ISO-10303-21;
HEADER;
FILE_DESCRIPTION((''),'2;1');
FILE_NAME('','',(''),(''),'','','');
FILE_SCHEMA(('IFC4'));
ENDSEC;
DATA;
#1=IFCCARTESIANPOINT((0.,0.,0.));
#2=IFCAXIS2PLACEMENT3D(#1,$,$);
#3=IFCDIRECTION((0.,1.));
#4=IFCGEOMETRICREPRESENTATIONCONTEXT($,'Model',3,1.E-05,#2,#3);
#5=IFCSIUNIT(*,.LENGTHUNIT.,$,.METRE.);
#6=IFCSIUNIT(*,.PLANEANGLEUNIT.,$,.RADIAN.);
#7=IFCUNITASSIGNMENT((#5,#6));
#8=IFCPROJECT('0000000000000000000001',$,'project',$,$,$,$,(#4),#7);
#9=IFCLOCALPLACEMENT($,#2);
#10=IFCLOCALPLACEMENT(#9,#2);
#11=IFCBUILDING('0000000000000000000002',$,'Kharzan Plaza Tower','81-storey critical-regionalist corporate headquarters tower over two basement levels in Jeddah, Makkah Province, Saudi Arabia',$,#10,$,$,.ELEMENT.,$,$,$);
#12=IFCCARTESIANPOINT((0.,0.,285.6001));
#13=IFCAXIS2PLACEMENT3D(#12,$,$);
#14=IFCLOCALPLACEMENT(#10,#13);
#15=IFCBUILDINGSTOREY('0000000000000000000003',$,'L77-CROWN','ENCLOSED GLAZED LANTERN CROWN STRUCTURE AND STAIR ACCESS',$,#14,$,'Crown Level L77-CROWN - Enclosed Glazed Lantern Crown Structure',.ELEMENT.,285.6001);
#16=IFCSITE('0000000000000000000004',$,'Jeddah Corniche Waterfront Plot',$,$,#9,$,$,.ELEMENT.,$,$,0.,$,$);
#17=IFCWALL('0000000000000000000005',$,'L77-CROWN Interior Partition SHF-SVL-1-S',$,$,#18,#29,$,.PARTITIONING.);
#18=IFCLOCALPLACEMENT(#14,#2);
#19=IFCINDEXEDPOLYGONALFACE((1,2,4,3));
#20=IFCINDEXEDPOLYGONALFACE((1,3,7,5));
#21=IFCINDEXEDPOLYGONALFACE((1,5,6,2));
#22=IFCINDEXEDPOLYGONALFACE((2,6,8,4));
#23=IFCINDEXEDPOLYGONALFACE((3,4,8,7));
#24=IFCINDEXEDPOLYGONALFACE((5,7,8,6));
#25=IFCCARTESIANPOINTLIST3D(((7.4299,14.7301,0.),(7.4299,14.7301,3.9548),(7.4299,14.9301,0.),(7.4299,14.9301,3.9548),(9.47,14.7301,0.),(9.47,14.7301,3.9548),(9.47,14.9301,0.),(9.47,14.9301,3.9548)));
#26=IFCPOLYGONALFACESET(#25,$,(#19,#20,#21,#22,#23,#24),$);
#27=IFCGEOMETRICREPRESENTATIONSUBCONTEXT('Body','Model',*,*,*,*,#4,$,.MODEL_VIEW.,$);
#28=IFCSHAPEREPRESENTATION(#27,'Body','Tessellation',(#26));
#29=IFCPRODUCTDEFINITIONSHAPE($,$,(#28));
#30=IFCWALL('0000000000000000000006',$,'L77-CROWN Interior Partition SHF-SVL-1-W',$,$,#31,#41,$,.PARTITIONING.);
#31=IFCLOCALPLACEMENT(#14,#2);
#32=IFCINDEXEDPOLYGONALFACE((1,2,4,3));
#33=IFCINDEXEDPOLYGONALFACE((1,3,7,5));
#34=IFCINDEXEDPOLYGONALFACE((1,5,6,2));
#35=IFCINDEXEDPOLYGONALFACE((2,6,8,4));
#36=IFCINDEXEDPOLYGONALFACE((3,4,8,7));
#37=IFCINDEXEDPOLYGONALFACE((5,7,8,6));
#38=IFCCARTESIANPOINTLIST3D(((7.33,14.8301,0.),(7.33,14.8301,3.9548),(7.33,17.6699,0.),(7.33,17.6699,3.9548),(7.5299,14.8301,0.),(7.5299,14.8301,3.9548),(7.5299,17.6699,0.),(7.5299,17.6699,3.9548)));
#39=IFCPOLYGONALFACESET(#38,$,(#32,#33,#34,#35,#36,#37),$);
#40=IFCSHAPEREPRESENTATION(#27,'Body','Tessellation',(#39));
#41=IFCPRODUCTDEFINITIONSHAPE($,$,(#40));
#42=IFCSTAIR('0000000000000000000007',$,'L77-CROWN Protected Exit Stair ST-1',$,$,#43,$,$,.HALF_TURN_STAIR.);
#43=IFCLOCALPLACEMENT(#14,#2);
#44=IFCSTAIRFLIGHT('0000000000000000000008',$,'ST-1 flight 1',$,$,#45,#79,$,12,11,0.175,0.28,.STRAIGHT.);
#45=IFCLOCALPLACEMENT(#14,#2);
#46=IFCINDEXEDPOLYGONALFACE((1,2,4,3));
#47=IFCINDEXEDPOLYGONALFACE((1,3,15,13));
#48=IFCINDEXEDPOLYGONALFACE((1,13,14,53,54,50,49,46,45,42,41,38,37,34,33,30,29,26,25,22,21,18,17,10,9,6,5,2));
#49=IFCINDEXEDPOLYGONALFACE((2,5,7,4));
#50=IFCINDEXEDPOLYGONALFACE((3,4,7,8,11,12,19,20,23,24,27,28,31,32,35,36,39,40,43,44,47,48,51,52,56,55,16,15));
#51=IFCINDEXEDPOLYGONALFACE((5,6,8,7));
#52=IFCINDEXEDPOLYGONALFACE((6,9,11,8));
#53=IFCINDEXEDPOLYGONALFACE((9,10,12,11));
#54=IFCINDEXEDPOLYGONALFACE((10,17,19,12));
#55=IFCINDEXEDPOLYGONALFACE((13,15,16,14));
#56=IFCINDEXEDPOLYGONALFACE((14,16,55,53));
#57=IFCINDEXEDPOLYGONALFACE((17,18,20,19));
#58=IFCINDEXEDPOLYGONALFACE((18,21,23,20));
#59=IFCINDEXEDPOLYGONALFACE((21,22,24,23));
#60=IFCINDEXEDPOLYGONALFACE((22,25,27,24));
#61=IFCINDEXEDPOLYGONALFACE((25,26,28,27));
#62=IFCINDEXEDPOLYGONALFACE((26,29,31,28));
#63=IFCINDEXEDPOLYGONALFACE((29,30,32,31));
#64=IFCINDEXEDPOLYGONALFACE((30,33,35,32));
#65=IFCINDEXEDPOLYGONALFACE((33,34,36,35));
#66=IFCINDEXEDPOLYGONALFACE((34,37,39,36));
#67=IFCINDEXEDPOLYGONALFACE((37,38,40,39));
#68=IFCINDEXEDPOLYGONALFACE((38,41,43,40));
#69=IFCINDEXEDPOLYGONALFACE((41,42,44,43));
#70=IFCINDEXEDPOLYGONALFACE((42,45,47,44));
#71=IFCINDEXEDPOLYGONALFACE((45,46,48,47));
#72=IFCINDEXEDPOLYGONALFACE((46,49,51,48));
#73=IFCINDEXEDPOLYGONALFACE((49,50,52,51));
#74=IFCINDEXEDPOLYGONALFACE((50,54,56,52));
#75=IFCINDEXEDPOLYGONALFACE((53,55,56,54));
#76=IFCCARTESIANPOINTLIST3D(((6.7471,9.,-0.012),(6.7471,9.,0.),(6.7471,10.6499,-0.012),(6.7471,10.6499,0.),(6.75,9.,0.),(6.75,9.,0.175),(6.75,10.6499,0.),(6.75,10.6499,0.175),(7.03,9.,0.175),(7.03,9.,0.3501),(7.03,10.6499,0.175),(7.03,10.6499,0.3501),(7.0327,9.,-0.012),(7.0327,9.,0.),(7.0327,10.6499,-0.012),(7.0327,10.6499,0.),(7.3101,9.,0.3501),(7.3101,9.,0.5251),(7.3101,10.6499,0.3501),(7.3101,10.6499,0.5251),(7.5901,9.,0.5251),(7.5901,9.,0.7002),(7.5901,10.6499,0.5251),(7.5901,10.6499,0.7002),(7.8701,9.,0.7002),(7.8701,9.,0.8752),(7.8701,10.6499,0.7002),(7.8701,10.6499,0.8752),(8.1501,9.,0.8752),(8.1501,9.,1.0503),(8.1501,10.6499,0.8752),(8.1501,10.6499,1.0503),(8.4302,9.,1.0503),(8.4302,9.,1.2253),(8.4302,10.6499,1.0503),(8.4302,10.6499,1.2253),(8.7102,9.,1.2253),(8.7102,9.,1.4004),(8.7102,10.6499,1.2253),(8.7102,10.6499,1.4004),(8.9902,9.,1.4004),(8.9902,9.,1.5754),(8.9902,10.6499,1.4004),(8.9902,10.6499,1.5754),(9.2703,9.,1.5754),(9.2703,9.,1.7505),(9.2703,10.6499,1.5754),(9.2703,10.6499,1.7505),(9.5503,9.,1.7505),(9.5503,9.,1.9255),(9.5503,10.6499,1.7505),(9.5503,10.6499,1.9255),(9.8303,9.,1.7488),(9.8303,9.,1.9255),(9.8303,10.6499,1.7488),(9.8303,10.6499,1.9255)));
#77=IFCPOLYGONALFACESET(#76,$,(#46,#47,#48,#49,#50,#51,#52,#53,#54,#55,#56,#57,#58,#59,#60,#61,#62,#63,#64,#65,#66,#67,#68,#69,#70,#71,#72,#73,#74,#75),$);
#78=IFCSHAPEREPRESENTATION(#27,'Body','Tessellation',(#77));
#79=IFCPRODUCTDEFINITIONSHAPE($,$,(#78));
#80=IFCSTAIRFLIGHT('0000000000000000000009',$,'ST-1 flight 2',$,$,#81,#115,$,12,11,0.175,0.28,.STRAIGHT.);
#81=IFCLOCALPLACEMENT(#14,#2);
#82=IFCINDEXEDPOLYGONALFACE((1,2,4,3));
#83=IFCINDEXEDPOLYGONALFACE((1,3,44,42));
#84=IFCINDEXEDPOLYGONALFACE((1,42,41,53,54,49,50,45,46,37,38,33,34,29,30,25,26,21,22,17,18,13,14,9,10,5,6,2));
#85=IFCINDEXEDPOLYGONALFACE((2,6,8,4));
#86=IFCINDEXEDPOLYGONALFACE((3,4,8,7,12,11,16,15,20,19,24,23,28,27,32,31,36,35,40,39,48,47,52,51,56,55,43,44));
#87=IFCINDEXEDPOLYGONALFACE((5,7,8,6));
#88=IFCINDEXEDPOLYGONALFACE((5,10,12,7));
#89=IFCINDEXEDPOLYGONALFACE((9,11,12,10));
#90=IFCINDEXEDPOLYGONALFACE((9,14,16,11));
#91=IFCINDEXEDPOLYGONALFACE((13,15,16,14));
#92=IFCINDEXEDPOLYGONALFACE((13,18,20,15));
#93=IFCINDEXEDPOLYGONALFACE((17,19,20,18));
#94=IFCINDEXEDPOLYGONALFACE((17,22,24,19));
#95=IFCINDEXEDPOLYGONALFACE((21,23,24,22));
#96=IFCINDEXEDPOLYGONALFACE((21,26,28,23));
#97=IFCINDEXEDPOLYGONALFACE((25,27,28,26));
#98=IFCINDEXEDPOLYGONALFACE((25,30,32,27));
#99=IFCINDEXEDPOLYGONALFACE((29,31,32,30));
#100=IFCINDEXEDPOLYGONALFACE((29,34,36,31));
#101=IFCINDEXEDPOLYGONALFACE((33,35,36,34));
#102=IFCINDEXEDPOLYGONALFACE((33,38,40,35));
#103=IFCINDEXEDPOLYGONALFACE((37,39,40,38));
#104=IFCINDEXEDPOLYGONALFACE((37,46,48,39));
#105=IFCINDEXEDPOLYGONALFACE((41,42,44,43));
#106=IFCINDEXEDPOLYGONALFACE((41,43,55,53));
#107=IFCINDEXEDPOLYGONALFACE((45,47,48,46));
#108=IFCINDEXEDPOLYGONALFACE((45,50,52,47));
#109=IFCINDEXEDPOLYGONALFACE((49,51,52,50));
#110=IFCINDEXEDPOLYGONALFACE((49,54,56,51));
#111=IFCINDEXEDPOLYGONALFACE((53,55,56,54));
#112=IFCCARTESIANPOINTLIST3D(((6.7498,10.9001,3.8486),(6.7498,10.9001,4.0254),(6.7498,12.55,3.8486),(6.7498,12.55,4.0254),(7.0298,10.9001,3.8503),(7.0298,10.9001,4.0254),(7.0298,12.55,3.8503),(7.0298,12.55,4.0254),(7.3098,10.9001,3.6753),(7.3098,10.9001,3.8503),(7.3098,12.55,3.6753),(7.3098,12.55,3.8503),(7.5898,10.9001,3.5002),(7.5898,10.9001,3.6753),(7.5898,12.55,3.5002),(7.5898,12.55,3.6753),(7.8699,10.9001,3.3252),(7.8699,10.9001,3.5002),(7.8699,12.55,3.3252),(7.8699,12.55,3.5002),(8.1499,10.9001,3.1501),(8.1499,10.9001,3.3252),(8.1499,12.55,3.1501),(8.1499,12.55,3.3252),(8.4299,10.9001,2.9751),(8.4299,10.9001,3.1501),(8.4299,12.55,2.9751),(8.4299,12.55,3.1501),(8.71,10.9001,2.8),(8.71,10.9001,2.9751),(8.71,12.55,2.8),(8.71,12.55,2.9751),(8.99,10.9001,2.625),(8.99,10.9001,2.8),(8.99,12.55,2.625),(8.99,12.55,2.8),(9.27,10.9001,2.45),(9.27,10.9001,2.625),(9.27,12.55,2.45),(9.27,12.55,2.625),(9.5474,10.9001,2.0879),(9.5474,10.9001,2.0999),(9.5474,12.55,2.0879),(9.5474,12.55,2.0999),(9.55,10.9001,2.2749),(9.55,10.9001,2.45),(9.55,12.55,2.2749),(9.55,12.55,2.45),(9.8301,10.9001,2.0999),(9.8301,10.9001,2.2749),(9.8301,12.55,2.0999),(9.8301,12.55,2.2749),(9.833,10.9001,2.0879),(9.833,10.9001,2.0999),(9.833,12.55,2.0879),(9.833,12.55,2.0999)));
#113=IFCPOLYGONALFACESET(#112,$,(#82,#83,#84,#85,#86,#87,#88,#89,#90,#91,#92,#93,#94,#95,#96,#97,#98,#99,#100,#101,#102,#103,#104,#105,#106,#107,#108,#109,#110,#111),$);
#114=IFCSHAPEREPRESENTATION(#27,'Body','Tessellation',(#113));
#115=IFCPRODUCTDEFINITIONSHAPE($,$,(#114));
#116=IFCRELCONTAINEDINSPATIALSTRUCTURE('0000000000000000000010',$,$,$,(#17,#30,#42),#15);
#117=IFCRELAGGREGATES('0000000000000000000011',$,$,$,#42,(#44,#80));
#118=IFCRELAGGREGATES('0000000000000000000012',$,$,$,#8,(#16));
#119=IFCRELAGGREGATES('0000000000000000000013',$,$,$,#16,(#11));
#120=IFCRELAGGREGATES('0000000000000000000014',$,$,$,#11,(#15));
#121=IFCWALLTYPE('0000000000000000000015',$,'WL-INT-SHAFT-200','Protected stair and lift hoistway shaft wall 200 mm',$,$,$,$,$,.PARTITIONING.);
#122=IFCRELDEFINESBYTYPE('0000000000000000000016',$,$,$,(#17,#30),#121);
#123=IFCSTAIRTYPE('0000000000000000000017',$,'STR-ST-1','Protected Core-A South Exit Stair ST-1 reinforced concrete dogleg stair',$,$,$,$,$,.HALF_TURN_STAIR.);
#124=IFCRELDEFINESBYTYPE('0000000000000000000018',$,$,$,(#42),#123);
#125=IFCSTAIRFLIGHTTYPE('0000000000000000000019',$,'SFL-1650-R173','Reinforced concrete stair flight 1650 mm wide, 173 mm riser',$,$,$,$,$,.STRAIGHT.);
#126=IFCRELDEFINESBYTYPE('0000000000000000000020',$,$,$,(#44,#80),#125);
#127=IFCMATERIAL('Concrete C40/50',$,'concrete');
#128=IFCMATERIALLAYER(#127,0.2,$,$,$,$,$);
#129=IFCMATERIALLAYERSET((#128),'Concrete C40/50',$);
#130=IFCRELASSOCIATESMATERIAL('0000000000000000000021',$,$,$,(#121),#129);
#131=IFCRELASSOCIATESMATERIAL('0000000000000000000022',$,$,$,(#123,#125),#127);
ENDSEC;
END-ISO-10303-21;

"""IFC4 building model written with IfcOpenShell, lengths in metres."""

from ifc_helpers import new_model, si_unit, direction, frame, frame_2d, origin, place, context, subcontext, project, spatial, polyline, rectangle, outline, extrude, source, transform, mapped, material, layer, layer_set, type_object, element, aggregate, save


model = new_model("IFC4")

# Units and contexts
model_context = context("Model", 3, precision=1e-05, world=origin(), true_north=direction((0.0, 1.0)))
body_context = subcontext(model_context, "Body", "Model", "MODEL_VIEW")
ifc_project = project(units=[si_unit("LENGTHUNIT", "METRE"), si_unit("PLANEANGLEUNIT", "RADIAN")], contexts=[model_context])

# Site, building, storey
site_placement = place(None, origin())
site = spatial("IfcSite", under=ifc_project, at=site_placement, Name="Jeddah Corniche Waterfront Plot", CompositionType="ELEMENT", RefElevation=0.0)
building_placement = place(site_placement, origin())
building = spatial("IfcBuilding", under=site, at=building_placement, Name="Kharzan Plaza Tower", Description="81-storey critical-regionalist corporate headquarters tower over two basement levels in Jeddah, Makkah Province, Saudi Arabia", CompositionType="ELEMENT")
storey_placement = place(building_placement, frame((0.0, 0.0, 285.6001)))
storey = spatial("IfcBuildingStorey", under=building, at=storey_placement, Name="L77-CROWN", Description="ENCLOSED GLAZED LANTERN CROWN STRUCTURE AND STAIR ACCESS", LongName="Crown Level L77-CROWN - Enclosed Glazed Lantern Crown Structure", CompositionType="ELEMENT", Elevation=285.6001)

# Shared definitions
ifc_material_1 = material(Name="Concrete C40/50", Category="concrete")
ifc_layer_1 = layer(ifc_material_1, 0.2)
ifc_layer_set_1 = layer_set([ifc_layer_1], Name="Concrete C40/50")
wall_type_1 = type_object("IfcWallType", Name="WL-INT-SHAFT-200", Description="Protected stair and lift hoistway shaft wall 200 mm", PredefinedType="PARTITIONING", material=ifc_layer_set_1)

# Walls
shared_shape_1 = source(origin(), body_context, "Body", "SweptSolid", [
    extrude(rectangle(XDim=2.04, YDim=0.2, at=frame_2d((1.02, 0.0))), origin(), (0.0, 0.0, 1.0), 3.9548),
])
wall_1_placement = place(storey_placement, frame((7.4299, 14.8301, 0.0), z_axis=(0.0, 0.0, 1.0), x_axis=(1.0, 0.0, 0.0)))
element("IfcWall", 1, at=wall_1_placement, inside=storey, type_object=wall_type_1, Name="L77-CROWN Interior Partition SHF-SVL-1-S", PredefinedType="PARTITIONING", context=body_context, shape_type="MappedRepresentation", body=[
    mapped(shared_shape_1, transform((0.0, 0.0, 0.0), x_axis=(1.0, 0.0, 0.0), y_axis=(0.0, 1.0, 0.0), z_axis=(0.0, 0.0, 1.0))),
])
shared_shape_2 = source(origin(), body_context, "Body", "SweptSolid", [
    extrude(rectangle(XDim=2.8398, YDim=0.2, at=frame_2d((1.4199, 0.0))), origin(), (0.0, 0.0, 1.0), 3.9548),
])
wall_2_placement = place(storey_placement, frame((7.4299, 14.8301, 0.0), z_axis=(0.0, 0.0, 1.0), x_axis=(0.0, 1.0, 0.0)))
element("IfcWall", 2, at=wall_2_placement, inside=storey, type_object=wall_type_1, Name="L77-CROWN Interior Partition SHF-SVL-1-W", PredefinedType="PARTITIONING", context=body_context, shape_type="MappedRepresentation", body=[
    mapped(shared_shape_2, transform((0.0, 0.0, 0.0), x_axis=(1.0, 0.0, 0.0), y_axis=(0.0, 1.0, 0.0), z_axis=(0.0, 0.0, 1.0))),
])

# Stair, stair flights
stair_type = type_object("IfcStairType", Name="STR-ST-1", Description="Protected Core-A South Exit Stair ST-1 reinforced concrete dogleg stair", PredefinedType="HALF_TURN_STAIR", material=ifc_material_1)
stair_placement = place(storey_placement, origin())
stair = element("IfcStair", 3, at=stair_placement, inside=storey, type_object=stair_type, Name="L77-CROWN Protected Exit Stair ST-1", PredefinedType="HALF_TURN_STAIR")
stair_flight_type = type_object("IfcStairFlightType", Name="SFL-1650-R173", Description="Reinforced concrete stair flight 1650 mm wide, 173 mm riser", PredefinedType="STRAIGHT", material=ifc_material_1)
shared_shape_3 = source(origin(), body_context, "Body", "SweptSolid", [
    extrude(outline(polyline([(-0.0029, -0.012), (-0.0029, 0.0), (0.0, 0.0), (0.0, 0.175), (0.28, 0.175), (0.28, 0.3501), (0.5601, 0.3501), (0.5601, 0.5251), (0.8401, 0.5251), (0.8401, 0.7002), (1.1201, 0.7002), (1.1201, 0.8752), (1.4001, 0.8752), (1.4001, 1.0503), (1.6802, 1.0503), (1.6802, 1.2253), (1.9602, 1.2253), (1.9602, 1.4004), (2.2402, 1.4004), (2.2402, 1.5754), (2.5203, 1.5754), (2.5203, 1.7505), (2.8003, 1.7505), (2.8003, 1.9255), (3.0803, 1.9255), (3.0803, 2.1006), (3.0803, 1.7488), (0.2827, 0.0), (0.2827, -0.012), (-0.0029, -0.012)])), frame((0.0, 0.825, 0.0), z_axis=(0.0, -1.0, 0.0), x_axis=(1.0, 0.0, 0.0)), (0.0, 0.0, 1.0), 1.6499),
])
stair_flight_1_placement = place(storey_placement, frame((6.75, 9.825, 0.0), z_axis=(0.0, 0.0, 1.0), x_axis=(1.0, 0.0, 0.0)))
stair_flight_1 = element("IfcStairFlight", 4, at=stair_flight_1_placement, type_object=stair_flight_type, Name="ST-1 flight 1", NumberOfRisers=12, NumberOfTreads=11, PredefinedType="STRAIGHT", RiserHeight=0.175, TreadLength=0.28, context=body_context, shape_type="MappedRepresentation", body=[
    mapped(shared_shape_3, transform((0.0, 0.0, 0.0), x_axis=(1.0, 0.0, 0.0), y_axis=(0.0, 1.0, 0.0), z_axis=(0.0, 0.0, 1.0))),
])
stair_flight_2_placement = place(storey_placement, frame((9.8301, 11.7251, 2.0999), z_axis=(0.0, 0.0, 1.0), x_axis=(-1.0, 0.0, 0.0)))
stair_flight_2 = element("IfcStairFlight", 5, at=stair_flight_2_placement, type_object=stair_flight_type, Name="ST-1 flight 2", NumberOfRisers=12, NumberOfTreads=11, PredefinedType="STRAIGHT", RiserHeight=0.175, TreadLength=0.28, context=body_context, shape_type="MappedRepresentation", body=[
    mapped(shared_shape_3, transform((0.0, 0.0, 0.0), x_axis=(1.0, 0.0, 0.0), y_axis=(0.0, 1.0, 0.0), z_axis=(0.0, 0.0, 1.0))),
])
aggregate(stair, [stair_flight_1, stair_flight_2])

save(model, "model.ifc")
